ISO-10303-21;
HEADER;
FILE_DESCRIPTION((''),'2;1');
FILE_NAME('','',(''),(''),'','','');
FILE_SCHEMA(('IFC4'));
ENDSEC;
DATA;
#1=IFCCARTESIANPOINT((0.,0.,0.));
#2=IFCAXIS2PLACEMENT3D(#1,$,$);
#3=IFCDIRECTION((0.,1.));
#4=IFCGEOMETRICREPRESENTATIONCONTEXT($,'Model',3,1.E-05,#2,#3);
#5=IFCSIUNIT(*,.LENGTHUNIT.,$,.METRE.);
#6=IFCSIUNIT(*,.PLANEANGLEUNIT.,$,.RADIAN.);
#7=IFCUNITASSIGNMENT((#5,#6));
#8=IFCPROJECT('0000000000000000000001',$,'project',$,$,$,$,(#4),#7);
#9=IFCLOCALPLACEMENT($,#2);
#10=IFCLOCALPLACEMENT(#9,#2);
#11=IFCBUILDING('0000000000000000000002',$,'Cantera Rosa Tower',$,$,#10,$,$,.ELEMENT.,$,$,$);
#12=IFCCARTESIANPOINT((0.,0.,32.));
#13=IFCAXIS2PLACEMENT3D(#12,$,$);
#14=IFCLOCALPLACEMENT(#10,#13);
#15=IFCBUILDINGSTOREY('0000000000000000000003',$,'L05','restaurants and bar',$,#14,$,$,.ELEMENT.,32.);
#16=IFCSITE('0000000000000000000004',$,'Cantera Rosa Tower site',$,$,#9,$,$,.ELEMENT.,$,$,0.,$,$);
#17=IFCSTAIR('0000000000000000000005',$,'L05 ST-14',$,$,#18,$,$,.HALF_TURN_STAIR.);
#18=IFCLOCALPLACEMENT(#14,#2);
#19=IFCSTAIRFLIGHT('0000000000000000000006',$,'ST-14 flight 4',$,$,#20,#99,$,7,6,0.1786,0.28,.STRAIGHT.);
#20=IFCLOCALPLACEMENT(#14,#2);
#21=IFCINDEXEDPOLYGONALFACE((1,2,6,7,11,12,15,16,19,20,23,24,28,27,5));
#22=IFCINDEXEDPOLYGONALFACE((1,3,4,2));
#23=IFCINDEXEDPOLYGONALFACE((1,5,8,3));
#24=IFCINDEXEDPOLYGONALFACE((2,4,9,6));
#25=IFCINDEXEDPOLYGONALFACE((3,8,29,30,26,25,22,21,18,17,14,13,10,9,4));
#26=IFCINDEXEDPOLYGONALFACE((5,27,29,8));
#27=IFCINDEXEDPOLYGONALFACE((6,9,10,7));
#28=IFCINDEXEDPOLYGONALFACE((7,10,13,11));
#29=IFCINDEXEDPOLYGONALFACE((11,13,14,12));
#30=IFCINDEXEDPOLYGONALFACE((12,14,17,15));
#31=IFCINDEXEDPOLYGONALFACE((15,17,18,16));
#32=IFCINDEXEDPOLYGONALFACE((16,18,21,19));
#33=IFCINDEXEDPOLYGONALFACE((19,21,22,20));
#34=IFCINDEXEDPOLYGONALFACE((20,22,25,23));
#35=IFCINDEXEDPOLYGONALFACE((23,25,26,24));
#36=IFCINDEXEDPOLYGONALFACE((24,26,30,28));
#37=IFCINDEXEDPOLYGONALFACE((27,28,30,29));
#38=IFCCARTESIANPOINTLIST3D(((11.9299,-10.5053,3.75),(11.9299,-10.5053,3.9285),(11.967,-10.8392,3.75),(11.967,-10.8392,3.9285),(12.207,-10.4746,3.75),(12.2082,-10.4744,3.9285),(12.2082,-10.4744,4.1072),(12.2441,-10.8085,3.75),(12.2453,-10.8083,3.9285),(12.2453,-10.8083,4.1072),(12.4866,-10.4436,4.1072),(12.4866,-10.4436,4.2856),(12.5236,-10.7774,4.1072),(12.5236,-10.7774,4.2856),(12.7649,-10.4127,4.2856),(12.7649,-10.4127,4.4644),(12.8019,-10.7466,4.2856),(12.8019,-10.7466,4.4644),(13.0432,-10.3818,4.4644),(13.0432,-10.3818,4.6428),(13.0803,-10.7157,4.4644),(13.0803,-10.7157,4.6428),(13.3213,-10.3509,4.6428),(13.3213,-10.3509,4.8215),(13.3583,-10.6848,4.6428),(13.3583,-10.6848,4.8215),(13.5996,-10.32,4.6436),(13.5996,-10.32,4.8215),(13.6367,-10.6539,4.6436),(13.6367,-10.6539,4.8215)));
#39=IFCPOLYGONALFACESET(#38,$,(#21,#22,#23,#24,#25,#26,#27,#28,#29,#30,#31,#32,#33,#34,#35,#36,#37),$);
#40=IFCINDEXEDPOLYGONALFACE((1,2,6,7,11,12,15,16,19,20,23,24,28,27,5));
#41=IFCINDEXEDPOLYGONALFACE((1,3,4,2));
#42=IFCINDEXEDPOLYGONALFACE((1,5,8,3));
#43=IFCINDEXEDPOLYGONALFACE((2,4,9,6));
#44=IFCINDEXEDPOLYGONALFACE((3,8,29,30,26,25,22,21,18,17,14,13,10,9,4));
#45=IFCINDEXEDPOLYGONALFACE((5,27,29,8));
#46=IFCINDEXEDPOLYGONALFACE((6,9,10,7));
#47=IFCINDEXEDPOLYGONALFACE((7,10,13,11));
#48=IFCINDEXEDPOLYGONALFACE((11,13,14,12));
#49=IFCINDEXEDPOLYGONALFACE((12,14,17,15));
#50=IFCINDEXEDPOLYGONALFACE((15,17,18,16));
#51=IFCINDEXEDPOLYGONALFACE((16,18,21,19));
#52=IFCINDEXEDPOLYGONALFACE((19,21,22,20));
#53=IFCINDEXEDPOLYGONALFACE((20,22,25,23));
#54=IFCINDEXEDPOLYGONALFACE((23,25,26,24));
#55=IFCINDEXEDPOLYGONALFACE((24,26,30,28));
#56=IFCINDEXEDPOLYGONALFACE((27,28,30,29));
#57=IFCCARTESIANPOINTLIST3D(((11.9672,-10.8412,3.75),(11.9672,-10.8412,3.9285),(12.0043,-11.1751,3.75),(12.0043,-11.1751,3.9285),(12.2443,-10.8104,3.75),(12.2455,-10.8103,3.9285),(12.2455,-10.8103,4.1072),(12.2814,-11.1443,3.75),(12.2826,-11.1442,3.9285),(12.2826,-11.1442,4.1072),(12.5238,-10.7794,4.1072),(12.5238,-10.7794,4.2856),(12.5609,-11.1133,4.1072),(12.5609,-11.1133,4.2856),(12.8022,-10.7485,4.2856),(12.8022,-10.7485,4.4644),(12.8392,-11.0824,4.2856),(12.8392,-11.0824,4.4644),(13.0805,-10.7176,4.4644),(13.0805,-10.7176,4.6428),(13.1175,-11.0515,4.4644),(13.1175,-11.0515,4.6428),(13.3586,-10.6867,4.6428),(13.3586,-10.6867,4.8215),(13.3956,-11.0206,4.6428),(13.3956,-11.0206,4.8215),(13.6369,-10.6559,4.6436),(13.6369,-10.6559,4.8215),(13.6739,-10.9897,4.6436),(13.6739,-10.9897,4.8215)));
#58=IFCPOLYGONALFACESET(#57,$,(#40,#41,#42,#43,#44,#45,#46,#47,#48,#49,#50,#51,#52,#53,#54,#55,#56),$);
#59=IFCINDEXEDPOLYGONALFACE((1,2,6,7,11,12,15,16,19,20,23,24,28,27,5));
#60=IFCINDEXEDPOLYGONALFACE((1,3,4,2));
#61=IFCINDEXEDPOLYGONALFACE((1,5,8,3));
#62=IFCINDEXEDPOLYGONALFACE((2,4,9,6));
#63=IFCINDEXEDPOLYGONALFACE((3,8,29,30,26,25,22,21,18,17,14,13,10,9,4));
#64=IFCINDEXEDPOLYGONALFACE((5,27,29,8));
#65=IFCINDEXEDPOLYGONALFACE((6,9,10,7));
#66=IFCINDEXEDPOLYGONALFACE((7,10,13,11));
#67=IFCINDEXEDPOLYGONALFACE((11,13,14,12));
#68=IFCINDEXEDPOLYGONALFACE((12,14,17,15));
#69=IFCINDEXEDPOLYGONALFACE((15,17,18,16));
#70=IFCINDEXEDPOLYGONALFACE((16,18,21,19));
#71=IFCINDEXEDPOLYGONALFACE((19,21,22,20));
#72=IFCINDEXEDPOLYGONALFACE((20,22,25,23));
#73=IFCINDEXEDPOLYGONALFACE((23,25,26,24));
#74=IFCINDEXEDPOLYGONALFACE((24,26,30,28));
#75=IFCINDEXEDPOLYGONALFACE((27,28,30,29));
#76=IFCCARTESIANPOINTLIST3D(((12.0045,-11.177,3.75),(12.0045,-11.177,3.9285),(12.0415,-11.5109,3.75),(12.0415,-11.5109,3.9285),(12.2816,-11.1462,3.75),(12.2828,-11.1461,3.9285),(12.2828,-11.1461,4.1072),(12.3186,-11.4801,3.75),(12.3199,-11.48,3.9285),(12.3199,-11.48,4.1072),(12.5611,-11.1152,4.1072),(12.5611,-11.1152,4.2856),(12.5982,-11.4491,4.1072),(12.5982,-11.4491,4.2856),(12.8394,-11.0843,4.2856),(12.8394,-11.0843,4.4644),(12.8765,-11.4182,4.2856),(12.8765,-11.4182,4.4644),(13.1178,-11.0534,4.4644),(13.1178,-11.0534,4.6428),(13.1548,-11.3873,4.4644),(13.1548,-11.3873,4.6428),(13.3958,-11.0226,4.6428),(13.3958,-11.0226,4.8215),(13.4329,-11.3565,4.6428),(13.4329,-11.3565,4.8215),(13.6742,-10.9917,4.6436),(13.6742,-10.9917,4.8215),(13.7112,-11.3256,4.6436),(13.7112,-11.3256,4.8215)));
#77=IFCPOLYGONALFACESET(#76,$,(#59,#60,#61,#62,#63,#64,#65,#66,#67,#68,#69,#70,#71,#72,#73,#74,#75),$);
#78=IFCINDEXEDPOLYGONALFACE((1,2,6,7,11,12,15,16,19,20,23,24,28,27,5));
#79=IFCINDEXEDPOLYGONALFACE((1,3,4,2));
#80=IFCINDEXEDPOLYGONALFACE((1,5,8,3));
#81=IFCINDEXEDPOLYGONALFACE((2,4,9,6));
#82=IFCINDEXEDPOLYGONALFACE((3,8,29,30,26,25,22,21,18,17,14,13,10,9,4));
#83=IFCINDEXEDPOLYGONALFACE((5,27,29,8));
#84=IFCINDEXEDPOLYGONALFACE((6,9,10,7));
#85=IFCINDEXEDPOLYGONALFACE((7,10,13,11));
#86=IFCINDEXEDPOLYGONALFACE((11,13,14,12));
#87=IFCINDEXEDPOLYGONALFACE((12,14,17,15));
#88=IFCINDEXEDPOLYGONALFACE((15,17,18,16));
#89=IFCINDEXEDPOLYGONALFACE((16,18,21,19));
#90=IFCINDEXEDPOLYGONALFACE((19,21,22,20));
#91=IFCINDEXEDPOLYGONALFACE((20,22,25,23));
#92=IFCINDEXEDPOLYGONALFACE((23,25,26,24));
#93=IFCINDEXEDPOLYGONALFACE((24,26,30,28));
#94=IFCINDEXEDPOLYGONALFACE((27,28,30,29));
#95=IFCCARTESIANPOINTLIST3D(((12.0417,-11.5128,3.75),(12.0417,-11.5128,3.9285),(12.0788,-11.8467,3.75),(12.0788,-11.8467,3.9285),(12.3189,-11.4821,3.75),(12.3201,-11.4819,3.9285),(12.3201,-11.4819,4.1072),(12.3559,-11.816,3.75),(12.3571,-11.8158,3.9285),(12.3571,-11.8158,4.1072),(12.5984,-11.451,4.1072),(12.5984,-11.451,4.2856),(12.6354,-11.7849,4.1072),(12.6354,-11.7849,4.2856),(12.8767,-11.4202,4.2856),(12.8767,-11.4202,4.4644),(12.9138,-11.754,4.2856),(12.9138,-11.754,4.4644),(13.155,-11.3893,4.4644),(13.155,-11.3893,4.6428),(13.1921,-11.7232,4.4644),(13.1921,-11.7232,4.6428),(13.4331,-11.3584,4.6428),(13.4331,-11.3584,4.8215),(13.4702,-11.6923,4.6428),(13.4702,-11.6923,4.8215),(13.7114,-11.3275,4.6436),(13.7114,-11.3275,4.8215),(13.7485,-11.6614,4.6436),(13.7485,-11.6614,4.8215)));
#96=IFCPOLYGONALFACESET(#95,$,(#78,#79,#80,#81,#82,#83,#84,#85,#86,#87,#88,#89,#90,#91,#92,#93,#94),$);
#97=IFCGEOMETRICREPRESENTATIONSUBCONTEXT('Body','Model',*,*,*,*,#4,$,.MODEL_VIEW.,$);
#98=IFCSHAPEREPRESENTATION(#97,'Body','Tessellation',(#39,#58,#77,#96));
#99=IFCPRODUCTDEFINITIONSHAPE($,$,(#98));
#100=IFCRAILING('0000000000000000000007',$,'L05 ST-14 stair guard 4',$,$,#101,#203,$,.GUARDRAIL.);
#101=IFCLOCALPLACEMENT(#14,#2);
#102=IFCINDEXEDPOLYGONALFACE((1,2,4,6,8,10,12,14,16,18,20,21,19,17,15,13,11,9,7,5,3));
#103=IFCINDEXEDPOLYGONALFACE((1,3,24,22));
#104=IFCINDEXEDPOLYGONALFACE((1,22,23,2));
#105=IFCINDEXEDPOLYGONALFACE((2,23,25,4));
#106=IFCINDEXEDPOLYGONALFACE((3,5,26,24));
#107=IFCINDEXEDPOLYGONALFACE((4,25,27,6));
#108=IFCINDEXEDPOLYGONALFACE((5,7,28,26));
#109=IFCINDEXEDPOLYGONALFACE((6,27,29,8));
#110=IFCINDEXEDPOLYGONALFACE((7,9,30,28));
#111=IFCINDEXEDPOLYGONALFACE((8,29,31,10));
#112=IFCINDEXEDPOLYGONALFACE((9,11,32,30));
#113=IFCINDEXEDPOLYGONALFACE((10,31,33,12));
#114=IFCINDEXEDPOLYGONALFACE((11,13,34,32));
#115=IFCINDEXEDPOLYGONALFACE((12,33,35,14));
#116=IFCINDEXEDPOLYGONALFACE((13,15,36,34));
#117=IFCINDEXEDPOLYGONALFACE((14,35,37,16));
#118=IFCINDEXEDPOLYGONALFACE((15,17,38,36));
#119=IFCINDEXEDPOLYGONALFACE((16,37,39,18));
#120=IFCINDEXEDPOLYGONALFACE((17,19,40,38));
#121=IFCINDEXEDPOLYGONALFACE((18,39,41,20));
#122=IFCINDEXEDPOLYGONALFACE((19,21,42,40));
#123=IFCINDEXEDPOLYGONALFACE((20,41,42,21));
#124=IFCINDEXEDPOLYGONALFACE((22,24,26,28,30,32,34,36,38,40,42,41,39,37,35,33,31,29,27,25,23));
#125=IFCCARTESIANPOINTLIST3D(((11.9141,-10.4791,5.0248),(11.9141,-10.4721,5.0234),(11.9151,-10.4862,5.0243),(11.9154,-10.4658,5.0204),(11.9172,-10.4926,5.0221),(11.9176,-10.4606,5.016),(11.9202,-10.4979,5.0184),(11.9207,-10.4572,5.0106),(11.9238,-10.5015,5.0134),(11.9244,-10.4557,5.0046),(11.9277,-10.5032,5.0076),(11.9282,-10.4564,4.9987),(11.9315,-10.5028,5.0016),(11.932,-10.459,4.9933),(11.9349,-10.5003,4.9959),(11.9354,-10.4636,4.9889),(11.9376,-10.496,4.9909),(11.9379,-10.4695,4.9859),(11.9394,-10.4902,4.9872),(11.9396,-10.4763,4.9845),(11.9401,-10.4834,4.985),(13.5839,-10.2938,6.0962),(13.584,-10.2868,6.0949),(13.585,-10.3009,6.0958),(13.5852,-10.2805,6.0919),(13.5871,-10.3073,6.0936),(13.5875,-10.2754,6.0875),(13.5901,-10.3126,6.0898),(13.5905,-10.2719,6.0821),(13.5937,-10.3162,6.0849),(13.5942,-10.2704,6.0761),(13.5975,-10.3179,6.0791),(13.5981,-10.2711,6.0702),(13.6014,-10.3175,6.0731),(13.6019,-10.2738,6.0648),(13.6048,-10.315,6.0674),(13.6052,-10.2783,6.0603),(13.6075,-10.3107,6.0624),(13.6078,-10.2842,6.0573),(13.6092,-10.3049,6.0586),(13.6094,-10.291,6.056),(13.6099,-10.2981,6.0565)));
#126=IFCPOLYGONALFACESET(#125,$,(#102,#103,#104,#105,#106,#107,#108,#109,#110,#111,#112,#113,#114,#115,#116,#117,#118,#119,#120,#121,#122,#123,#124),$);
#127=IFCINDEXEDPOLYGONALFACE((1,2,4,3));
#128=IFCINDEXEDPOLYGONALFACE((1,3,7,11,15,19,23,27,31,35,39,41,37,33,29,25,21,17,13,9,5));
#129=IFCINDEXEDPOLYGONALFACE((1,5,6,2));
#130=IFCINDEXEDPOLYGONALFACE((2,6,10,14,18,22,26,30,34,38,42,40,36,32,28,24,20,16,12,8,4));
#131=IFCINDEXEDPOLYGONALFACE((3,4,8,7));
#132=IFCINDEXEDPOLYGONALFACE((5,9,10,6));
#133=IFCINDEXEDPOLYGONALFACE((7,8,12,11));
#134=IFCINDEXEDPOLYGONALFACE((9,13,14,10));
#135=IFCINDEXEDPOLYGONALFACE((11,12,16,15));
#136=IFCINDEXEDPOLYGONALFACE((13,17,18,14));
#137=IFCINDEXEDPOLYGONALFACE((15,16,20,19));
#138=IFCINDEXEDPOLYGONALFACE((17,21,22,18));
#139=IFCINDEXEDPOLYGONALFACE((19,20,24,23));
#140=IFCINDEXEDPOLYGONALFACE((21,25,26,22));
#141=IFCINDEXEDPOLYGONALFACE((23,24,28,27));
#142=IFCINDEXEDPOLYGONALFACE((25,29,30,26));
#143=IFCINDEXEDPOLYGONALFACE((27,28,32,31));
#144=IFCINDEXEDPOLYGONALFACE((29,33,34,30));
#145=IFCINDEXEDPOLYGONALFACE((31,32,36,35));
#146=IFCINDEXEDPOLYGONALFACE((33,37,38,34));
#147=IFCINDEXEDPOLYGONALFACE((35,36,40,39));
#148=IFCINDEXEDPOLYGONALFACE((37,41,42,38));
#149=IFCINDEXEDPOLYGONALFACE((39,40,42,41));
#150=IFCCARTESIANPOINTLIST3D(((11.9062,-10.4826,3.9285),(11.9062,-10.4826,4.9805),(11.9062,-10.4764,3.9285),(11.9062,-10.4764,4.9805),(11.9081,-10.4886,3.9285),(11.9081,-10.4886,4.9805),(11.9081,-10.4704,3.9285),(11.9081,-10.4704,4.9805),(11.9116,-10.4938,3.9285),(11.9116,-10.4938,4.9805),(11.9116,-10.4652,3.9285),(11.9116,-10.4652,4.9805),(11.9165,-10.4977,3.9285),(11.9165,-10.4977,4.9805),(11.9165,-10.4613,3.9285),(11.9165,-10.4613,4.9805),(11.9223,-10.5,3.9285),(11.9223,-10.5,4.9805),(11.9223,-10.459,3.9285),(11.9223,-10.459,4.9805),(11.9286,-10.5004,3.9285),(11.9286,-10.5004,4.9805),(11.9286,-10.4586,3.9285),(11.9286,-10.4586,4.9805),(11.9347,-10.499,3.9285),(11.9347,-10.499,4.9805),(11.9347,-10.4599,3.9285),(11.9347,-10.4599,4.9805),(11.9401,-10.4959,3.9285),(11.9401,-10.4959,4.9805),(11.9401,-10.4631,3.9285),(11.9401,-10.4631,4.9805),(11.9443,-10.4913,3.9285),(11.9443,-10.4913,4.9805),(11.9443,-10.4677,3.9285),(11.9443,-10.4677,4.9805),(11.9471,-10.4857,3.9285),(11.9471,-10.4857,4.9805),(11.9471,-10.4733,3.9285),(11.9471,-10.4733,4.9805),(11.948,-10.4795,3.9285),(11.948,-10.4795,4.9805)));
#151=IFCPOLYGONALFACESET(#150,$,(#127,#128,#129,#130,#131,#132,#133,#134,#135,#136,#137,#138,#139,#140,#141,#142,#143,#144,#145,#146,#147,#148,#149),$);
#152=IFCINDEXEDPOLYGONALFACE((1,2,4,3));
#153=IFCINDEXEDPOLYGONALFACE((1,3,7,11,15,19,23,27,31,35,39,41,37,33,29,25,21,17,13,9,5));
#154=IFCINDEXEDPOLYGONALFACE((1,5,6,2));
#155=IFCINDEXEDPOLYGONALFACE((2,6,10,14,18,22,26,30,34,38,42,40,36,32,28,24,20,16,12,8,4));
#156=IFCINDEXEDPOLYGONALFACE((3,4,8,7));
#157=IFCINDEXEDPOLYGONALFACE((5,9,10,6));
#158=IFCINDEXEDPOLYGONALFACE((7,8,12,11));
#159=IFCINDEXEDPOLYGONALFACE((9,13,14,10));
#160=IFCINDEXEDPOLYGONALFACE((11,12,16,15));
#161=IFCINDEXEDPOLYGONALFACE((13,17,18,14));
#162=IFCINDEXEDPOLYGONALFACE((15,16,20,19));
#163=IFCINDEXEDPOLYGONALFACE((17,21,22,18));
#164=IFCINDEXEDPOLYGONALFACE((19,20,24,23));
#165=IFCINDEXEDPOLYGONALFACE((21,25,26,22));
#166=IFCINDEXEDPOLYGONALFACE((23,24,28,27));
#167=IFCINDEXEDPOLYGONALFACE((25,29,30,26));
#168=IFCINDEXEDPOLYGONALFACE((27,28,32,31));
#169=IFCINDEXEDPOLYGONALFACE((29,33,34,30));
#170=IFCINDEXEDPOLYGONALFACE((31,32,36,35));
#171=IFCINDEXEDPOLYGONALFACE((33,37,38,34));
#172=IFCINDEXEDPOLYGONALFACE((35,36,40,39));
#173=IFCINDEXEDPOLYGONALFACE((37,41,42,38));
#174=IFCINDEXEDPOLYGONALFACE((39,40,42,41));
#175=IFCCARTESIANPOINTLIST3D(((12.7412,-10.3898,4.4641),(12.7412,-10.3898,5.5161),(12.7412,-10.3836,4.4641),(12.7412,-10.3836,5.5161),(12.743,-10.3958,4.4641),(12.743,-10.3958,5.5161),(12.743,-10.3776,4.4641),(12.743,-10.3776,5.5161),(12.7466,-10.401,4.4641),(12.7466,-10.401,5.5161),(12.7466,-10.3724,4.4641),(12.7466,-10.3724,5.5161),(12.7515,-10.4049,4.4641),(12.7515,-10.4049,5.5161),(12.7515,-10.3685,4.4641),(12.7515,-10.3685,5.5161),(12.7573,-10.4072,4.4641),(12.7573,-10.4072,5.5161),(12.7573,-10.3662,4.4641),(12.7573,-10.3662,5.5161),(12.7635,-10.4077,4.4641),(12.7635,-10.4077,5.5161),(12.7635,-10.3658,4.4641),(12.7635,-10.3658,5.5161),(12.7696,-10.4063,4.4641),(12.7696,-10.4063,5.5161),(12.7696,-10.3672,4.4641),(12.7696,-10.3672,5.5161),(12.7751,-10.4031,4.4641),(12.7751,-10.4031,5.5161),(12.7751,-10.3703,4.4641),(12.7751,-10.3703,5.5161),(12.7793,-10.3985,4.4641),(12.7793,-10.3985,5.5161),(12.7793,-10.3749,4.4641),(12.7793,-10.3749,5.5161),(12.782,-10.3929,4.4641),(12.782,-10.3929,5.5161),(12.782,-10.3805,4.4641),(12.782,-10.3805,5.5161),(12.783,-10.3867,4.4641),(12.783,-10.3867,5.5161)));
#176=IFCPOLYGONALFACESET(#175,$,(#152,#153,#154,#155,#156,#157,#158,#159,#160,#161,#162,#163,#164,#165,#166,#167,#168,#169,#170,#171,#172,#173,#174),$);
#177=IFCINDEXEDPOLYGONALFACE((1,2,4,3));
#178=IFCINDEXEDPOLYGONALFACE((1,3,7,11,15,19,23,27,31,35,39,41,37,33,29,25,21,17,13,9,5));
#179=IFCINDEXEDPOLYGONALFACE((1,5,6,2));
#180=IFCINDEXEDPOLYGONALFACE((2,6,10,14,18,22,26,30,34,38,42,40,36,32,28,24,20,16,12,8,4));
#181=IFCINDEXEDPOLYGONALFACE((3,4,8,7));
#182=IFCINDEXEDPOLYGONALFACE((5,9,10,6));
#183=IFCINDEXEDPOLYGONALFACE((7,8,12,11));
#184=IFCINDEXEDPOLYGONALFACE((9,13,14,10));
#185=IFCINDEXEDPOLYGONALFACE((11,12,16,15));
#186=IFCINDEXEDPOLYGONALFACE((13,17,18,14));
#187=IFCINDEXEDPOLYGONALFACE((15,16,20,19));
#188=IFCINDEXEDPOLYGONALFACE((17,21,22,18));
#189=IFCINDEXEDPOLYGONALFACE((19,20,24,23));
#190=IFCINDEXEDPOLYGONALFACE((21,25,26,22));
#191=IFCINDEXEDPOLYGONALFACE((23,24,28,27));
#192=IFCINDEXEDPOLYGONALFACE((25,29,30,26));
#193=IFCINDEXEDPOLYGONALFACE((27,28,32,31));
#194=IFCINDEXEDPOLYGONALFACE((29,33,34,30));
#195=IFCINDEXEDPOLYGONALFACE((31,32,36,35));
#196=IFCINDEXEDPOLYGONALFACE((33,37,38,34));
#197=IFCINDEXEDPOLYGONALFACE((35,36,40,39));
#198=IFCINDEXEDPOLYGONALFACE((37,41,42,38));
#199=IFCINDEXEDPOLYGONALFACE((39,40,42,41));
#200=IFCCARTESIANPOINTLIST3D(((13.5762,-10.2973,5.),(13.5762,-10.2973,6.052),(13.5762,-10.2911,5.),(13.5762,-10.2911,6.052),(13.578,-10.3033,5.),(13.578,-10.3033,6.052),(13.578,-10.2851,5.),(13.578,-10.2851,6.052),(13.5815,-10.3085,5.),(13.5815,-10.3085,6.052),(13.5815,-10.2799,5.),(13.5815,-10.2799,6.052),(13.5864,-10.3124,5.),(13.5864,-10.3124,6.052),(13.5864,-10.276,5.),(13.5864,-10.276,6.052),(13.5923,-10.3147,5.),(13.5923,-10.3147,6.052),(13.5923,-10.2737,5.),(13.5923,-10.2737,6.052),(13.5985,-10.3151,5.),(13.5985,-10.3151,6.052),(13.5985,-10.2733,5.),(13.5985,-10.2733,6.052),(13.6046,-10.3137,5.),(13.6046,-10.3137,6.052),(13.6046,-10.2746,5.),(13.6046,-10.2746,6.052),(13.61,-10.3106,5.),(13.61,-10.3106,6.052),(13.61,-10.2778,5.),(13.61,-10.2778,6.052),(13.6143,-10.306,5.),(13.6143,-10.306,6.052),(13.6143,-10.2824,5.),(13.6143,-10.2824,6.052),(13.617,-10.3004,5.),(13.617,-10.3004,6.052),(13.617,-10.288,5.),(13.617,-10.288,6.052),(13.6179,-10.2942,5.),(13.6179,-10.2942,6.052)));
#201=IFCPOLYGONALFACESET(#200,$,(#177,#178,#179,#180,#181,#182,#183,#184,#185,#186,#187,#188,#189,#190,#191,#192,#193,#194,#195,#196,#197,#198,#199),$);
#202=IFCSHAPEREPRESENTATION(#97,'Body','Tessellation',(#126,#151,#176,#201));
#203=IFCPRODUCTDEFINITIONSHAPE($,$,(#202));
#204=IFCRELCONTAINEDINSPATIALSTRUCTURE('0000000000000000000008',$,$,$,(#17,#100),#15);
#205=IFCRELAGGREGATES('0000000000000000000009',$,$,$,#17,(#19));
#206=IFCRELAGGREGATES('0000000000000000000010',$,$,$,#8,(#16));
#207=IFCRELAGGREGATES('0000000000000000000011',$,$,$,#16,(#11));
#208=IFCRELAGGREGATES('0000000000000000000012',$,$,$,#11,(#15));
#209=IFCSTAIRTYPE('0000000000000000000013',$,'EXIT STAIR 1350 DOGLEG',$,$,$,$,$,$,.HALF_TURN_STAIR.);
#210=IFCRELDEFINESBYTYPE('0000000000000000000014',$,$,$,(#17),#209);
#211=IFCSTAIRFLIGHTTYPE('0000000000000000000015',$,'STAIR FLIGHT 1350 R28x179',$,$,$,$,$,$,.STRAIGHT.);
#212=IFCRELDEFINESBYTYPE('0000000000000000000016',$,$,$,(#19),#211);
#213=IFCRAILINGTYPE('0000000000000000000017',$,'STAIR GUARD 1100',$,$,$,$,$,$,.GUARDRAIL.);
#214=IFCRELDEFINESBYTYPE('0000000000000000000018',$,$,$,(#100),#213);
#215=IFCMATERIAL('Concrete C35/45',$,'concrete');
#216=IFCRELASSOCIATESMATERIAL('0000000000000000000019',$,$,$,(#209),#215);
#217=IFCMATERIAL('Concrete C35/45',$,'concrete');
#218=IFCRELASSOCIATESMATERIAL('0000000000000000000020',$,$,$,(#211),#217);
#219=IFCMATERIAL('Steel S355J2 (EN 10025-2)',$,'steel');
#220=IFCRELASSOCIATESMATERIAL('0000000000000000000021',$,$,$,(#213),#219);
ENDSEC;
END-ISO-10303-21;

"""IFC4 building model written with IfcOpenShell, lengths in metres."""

from ifc_helpers import new_model, si_unit, direction, frame, origin, origin_2d, place, context, subcontext, project, spatial, polyline, circle, outline, extrude, material, type_object, element, aggregate, save


model = new_model("IFC4")

# Units and contexts
model_context = context("Model", 3, precision=1e-05, world=origin(), true_north=direction((0.0, 1.0)))
body_context = subcontext(model_context, "Body", "Model", "MODEL_VIEW")
ifc_project = project(units=[si_unit("LENGTHUNIT", "METRE"), si_unit("PLANEANGLEUNIT", "RADIAN")], contexts=[model_context])

# Site, building, storey
site_placement = place(None, origin())
site = spatial("IfcSite", under=ifc_project, at=site_placement, Name="Cantera Rosa Tower site", CompositionType="ELEMENT", RefElevation=0.0)
building_placement = place(site_placement, origin())
building = spatial("IfcBuilding", under=site, at=building_placement, Name="Cantera Rosa Tower", CompositionType="ELEMENT")
storey_placement = place(building_placement, frame((0.0, 0.0, 32.0)))
storey = spatial("IfcBuildingStorey", under=building, at=storey_placement, Name="L05", Description="restaurants and bar", CompositionType="ELEMENT", Elevation=32.0)

# Stair, stair flight
ifc_material_1 = material(Name="Concrete C35/45", Category="concrete")
stair_type = type_object("IfcStairType", Name="EXIT STAIR 1350 DOGLEG", PredefinedType="HALF_TURN_STAIR", material=ifc_material_1)
stair_placement = place(storey_placement, origin())
stair = element("IfcStair", 1, at=stair_placement, inside=storey, type_object=stair_type, Name="L05 ST-14", PredefinedType="HALF_TURN_STAIR")
ifc_material_2 = material(Name="Concrete C35/45", Category="concrete")
stair_flight_type = type_object("IfcStairFlightType", Name="STAIR FLIGHT 1350 R28x179", PredefinedType="STRAIGHT", material=ifc_material_2)
stair_flight_1_placement = place(storey_placement, frame((12.0044, -11.1763, 3.75), z_axis=(0.0, 0.0, 1.0), x_axis=(0.993897, 0.110313, 0.0)))
stair_flight_1 = element("IfcStairFlight", 2, at=stair_flight_1_placement, type_object=stair_flight_type, Name="ST-14 flight 4", NumberOfRisers=7, NumberOfTreads=6, PredefinedType="STRAIGHT", RiserHeight=0.1786, TreadLength=0.28, context=body_context, shape_type="SweptSolid", body=[
    extrude(outline(polyline([(0.0, 0.0), (0.0, 0.1785), (0.28, 0.1785), (0.28, 0.3572), (0.5601, 0.3572), (0.5601, 0.5356), (0.8401, 0.5356), (0.8401, 0.7144), (1.1201, 0.7144), (1.1201, 0.8928), (1.3999, 0.8928), (1.3999, 1.0715), (1.6799, 1.0715), (1.6799, 1.25), (1.6799, 0.8936), (0.2788, 0.0), (0.0, 0.0)])), frame((0.0, 0.675, 0.0), z_axis=(0.0, -1.0, 0.0), x_axis=(1.0, 0.0, 0.0)), (0.0, 0.0, 1.0), 0.3359),
    extrude(outline(polyline([(0.0, 0.0), (0.0, 0.1785), (0.28, 0.1785), (0.28, 0.3572), (0.5601, 0.3572), (0.5601, 0.5356), (0.8401, 0.5356), (0.8401, 0.7144), (1.1201, 0.7144), (1.1201, 0.8928), (1.3999, 0.8928), (1.3999, 1.0715), (1.6799, 1.0715), (1.6799, 1.25), (1.6799, 0.8936), (0.2788, 0.0), (0.0, 0.0)])), frame((0.0, 0.3372, 0.0), z_axis=(0.0, -1.0, 0.0), x_axis=(1.0, 0.0, 0.0)), (0.0, 0.0, 1.0), 0.3359),
    extrude(outline(polyline([(0.0, 0.0), (0.0, 0.1785), (0.28, 0.1785), (0.28, 0.3572), (0.5601, 0.3572), (0.5601, 0.5356), (0.8401, 0.5356), (0.8401, 0.7144), (1.1201, 0.7144), (1.1201, 0.8928), (1.3999, 0.8928), (1.3999, 1.0715), (1.6799, 1.0715), (1.6799, 1.25), (1.6799, 0.8936), (0.2788, 0.0), (0.0, 0.0)])), frame((0.0, -0.0007, 0.0), z_axis=(0.0, -1.0, 0.0), x_axis=(1.0, 0.0, 0.0)), (0.0, 0.0, 1.0), 0.3359),
    extrude(outline(polyline([(0.0, 0.0), (0.0, 0.1785), (0.28, 0.1785), (0.28, 0.3572), (0.5601, 0.3572), (0.5601, 0.5356), (0.8401, 0.5356), (0.8401, 0.7144), (1.1201, 0.7144), (1.1201, 0.8928), (1.3999, 0.8928), (1.3999, 1.0715), (1.6799, 1.0715), (1.6799, 1.25), (1.6799, 0.8936), (0.2788, 0.0), (0.0, 0.0)])), frame((0.0, -0.3386, 0.0), z_axis=(0.0, -1.0, 0.0), x_axis=(1.0, 0.0, 0.0)), (0.0, 0.0, 1.0), 0.3359),
])
aggregate(stair, [stair_flight_1])

# Railing
ifc_material_3 = material(Name="Steel S355J2 (EN 10025-2)", Category="steel")
railing_type_1 = type_object("IfcRailingType", Name="STAIR GUARD 1100", PredefinedType="GUARDRAIL", material=ifc_material_3)
railing_1_placement = place(storey_placement, frame((11.927, -10.4795, 3.9285)))
element("IfcRailing", 3, at=railing_1_placement, inside=storey, type_object=railing_type_1, Name="L05 ST-14 stair guard 4", PredefinedType="GUARDRAIL", context=body_context, shape_type="SweptSolid", body=[
    extrude(circle(Radius=0.0239, at=origin_2d()), frame((0.0, 0.0, 1.0762), z_axis=(0.837987, 0.092987, 0.537709), x_axis=(-0.110288, 0.9939, 0.0)), (0.0, 0.0, 1.0), 1.9927),
    extrude(circle(Radius=0.021, at=origin_2d()), origin(), (0.0, 0.0, 1.0), 1.052),
    extrude(circle(Radius=0.021, at=origin_2d()), frame((0.835, 0.0928, 0.5356)), (0.0, 0.0, 1.0), 1.052),
    extrude(circle(Radius=0.021, at=origin_2d()), frame((1.6699, 0.1853, 1.0715)), (0.0, 0.0, 1.0), 1.052),
])

save(model, "model.ifc")
